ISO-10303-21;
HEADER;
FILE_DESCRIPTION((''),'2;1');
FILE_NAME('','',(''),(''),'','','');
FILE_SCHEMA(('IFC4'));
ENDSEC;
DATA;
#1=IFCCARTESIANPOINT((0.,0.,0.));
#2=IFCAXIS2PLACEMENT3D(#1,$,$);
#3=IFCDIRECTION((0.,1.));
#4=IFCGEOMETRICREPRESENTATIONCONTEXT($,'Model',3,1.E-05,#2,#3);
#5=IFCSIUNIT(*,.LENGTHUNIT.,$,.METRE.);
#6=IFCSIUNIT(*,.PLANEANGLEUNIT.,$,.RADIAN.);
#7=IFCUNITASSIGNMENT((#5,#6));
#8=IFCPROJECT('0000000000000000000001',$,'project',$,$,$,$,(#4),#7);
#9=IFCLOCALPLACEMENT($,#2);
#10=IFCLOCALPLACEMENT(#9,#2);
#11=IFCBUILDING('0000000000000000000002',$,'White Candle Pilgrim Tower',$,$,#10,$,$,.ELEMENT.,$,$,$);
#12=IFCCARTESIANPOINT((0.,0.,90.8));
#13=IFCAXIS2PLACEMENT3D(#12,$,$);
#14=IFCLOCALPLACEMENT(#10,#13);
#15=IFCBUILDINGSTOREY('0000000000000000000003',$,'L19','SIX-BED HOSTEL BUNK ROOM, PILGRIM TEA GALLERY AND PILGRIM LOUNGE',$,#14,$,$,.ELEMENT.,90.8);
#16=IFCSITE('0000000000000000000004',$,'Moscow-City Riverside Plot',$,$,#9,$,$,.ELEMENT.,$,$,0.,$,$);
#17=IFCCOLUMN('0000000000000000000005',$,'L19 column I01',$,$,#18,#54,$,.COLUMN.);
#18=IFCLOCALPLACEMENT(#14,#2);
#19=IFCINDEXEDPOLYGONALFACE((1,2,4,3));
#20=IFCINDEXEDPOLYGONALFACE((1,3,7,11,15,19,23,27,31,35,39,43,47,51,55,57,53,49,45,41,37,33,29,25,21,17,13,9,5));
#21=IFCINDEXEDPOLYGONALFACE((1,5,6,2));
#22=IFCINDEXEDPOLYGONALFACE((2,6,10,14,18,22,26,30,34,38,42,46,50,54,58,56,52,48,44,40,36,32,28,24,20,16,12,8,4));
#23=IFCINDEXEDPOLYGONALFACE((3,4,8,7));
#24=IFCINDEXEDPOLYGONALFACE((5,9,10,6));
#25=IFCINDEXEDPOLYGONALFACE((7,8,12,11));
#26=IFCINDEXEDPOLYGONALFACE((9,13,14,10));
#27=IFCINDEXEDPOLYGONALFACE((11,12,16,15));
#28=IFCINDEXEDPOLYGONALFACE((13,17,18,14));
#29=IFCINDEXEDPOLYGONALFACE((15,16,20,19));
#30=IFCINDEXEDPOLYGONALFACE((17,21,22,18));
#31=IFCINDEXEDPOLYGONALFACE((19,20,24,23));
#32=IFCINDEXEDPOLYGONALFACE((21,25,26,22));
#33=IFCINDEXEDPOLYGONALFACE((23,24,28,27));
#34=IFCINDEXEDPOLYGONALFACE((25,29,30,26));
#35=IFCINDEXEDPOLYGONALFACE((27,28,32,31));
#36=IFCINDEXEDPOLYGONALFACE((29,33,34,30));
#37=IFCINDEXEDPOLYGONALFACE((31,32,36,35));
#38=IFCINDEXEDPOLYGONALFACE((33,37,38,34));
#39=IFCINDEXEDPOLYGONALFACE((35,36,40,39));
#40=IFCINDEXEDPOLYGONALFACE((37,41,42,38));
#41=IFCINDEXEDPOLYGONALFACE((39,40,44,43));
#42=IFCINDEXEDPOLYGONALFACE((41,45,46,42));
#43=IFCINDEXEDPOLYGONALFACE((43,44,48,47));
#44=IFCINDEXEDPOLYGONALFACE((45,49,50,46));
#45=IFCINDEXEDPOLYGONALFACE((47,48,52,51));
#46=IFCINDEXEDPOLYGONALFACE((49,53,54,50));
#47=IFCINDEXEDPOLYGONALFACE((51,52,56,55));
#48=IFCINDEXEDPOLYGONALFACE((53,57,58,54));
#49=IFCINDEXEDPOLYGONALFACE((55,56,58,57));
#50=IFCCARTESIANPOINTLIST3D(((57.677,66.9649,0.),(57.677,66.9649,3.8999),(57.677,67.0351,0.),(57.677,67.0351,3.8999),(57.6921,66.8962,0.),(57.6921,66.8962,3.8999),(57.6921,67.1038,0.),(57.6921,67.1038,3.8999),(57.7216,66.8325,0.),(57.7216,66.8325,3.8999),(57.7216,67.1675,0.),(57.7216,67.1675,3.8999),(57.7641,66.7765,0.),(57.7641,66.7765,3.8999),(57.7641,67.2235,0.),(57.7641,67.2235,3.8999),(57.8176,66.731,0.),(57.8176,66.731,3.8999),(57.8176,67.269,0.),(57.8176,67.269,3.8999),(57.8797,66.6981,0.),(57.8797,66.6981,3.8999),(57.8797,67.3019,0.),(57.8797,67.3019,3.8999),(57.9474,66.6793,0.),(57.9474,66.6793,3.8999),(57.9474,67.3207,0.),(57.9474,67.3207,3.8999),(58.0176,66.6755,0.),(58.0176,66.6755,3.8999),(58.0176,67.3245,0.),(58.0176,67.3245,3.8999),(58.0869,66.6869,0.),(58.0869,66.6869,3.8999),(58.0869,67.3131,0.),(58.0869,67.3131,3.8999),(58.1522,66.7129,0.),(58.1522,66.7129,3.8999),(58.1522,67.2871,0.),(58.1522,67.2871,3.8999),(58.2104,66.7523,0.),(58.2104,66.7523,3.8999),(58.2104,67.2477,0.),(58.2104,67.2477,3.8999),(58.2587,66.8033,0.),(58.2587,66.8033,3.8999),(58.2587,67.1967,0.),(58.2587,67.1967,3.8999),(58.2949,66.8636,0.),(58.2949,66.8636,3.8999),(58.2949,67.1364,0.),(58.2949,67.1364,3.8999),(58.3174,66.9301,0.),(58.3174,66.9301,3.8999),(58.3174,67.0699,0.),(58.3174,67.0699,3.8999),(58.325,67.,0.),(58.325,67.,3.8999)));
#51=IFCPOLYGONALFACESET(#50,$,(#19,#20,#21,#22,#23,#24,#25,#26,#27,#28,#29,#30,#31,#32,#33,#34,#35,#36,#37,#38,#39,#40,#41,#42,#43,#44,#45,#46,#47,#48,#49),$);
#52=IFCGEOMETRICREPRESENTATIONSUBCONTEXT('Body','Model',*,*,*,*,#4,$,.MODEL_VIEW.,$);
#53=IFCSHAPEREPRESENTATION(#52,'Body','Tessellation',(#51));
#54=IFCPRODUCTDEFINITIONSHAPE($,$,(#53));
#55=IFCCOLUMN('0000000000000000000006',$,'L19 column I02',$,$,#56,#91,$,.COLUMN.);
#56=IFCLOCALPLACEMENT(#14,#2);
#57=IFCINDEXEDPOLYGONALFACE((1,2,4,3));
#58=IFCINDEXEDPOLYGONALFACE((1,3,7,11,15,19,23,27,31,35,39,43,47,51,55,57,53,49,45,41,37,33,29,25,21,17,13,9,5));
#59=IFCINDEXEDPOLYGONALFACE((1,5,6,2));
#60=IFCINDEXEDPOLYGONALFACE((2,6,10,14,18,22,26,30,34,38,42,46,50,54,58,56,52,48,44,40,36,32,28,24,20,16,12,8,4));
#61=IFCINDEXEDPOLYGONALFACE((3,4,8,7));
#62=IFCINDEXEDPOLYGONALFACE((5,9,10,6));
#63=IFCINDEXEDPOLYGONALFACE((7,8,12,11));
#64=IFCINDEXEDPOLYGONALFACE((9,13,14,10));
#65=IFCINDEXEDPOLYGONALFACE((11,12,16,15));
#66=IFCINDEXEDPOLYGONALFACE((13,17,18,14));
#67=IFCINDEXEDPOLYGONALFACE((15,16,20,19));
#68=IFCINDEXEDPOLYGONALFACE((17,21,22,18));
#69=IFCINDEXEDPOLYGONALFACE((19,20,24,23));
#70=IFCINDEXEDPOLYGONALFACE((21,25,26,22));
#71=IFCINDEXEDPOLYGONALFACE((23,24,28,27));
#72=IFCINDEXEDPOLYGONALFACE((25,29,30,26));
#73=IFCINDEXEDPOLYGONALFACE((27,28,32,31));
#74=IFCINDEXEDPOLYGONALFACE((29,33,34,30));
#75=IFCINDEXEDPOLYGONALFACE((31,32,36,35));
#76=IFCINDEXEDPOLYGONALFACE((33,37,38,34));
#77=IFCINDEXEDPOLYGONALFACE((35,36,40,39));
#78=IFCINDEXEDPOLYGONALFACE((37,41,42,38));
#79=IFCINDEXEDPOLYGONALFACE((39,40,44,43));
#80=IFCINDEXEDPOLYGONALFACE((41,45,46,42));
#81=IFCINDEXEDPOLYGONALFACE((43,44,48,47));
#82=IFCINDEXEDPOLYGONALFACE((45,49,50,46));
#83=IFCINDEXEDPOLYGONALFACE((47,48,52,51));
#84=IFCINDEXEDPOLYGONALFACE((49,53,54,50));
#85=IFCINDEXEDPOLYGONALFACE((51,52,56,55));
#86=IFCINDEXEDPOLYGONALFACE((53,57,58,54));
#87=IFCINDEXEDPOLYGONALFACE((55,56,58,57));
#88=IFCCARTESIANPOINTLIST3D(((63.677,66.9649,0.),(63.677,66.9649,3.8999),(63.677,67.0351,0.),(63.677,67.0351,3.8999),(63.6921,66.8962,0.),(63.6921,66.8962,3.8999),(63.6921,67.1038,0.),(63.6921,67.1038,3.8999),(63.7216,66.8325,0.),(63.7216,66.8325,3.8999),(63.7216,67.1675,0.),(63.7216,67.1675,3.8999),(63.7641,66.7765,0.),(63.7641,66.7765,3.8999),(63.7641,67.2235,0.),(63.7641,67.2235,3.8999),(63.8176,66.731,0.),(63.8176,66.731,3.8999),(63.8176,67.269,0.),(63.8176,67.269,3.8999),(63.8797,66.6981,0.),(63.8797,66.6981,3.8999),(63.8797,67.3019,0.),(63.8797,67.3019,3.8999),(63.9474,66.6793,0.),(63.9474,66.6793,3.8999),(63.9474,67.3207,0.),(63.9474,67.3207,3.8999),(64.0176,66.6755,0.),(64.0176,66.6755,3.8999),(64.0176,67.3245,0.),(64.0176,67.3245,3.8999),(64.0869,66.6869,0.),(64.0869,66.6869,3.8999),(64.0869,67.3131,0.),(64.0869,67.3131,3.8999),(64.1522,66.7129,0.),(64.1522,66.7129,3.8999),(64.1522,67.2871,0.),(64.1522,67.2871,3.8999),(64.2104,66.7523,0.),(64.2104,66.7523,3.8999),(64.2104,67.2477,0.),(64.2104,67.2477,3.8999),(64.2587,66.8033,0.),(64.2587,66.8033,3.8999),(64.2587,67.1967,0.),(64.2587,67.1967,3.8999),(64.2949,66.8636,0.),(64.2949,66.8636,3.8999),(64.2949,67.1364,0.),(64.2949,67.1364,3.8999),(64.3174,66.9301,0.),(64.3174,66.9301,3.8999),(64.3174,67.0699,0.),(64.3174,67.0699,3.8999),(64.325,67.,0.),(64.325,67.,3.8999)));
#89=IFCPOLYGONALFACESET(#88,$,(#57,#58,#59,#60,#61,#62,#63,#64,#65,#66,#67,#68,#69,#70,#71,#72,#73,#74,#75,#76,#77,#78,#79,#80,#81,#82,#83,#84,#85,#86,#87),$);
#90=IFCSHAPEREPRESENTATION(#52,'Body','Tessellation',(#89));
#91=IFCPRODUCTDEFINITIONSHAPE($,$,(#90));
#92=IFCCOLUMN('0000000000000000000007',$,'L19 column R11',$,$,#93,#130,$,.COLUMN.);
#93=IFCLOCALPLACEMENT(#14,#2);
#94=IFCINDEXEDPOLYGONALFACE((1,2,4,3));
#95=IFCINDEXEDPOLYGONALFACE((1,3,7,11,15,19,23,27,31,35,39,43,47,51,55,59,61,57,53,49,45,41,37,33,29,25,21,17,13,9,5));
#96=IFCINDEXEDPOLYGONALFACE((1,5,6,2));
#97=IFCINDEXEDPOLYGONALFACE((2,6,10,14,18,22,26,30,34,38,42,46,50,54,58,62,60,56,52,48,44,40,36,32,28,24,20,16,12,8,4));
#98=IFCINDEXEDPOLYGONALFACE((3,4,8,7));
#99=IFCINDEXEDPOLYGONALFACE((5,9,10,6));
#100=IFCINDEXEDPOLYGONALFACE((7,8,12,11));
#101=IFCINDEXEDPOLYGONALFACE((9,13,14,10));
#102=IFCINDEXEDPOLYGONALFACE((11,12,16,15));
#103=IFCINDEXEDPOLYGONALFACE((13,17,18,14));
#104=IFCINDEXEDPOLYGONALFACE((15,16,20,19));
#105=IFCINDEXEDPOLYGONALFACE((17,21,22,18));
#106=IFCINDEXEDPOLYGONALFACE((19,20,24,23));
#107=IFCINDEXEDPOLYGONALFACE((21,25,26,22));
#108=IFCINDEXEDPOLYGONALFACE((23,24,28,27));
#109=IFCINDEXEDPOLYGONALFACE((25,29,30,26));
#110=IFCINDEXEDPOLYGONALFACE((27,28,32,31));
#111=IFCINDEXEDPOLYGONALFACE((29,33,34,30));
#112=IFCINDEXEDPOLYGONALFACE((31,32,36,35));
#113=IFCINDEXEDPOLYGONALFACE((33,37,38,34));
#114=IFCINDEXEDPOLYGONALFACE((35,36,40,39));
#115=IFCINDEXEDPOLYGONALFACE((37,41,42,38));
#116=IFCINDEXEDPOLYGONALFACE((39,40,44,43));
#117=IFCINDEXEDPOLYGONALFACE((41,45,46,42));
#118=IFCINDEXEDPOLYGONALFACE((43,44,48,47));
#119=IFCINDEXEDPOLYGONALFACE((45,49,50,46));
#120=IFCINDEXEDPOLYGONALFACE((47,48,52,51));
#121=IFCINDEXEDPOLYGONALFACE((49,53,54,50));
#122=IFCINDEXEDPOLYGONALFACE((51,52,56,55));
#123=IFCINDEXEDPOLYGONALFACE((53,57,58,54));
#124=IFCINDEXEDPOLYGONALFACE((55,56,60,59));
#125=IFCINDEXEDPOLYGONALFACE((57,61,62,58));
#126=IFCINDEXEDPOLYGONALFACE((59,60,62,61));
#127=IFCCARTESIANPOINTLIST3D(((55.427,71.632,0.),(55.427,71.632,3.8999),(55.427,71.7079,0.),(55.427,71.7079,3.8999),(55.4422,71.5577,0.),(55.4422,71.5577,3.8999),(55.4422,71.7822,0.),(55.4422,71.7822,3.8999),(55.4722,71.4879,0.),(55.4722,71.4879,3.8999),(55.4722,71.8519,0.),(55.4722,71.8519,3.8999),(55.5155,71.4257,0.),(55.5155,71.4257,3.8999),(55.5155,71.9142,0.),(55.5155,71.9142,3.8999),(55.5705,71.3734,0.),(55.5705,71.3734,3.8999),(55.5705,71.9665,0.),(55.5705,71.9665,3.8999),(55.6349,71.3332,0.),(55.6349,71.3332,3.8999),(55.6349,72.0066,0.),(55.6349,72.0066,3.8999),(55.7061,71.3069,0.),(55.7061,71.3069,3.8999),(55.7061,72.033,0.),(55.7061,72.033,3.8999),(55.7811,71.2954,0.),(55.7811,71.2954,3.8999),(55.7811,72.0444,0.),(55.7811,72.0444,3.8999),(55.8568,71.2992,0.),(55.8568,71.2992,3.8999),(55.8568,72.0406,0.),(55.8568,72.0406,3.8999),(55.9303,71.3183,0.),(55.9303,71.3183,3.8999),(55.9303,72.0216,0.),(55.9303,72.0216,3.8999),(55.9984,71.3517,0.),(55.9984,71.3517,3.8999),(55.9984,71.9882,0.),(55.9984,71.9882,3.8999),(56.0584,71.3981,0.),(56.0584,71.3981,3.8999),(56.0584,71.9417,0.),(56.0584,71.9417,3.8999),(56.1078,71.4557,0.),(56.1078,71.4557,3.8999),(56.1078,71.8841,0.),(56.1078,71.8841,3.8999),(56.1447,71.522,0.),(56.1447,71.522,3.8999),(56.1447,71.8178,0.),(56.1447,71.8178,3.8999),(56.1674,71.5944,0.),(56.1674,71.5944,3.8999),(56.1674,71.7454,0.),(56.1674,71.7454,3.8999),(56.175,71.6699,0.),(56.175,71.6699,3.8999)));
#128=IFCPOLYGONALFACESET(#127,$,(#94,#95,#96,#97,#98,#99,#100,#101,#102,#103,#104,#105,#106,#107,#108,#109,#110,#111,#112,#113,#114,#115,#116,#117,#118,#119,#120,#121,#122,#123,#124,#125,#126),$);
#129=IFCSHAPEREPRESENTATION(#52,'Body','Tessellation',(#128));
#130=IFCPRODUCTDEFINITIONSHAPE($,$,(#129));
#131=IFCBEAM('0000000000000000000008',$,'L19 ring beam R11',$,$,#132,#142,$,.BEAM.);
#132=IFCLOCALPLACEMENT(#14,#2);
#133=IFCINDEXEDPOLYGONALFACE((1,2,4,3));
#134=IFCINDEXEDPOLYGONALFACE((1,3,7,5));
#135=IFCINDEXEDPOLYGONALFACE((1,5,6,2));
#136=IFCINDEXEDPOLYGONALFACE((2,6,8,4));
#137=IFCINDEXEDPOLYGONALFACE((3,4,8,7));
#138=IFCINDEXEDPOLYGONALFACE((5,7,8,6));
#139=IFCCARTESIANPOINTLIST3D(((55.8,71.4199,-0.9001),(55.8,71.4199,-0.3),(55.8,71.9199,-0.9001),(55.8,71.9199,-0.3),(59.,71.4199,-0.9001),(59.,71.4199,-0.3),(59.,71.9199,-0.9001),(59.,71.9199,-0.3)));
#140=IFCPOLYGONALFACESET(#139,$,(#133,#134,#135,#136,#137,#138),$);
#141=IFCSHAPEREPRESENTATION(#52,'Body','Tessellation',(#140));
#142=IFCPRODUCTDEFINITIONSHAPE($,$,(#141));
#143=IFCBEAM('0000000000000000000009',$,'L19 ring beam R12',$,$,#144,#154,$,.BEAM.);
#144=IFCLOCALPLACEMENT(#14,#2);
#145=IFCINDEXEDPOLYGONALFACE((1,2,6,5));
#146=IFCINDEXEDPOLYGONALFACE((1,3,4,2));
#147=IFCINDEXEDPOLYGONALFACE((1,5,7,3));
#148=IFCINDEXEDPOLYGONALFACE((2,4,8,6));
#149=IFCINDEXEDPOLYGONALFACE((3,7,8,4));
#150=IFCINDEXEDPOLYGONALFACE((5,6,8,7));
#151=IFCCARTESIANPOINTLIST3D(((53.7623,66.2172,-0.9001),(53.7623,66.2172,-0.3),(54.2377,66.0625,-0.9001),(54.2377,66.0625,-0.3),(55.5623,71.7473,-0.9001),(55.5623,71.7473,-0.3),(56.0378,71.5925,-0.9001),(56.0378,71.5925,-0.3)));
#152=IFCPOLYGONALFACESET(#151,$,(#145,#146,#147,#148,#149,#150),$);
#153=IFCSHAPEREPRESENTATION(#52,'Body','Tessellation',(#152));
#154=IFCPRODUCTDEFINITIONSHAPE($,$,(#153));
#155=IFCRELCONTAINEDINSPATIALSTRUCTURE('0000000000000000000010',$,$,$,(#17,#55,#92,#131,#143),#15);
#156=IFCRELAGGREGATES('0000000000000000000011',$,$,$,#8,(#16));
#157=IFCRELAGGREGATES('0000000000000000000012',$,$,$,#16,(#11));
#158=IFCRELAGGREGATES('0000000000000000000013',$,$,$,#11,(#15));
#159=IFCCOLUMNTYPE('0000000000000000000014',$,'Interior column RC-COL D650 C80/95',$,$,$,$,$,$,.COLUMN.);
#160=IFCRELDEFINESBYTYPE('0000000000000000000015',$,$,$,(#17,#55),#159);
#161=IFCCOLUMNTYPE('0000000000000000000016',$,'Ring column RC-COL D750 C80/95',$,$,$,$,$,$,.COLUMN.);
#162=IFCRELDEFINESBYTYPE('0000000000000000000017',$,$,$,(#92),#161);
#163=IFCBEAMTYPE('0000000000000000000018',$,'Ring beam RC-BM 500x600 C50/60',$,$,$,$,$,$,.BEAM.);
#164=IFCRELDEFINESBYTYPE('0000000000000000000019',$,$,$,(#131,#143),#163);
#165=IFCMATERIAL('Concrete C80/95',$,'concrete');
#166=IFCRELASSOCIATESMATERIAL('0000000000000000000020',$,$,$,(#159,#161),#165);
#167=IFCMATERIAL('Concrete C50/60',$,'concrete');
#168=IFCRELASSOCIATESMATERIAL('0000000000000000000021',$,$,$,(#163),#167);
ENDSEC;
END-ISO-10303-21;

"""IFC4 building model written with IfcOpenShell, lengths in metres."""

from ifc_helpers import new_model, si_unit, direction, frame, origin, origin_2d, place, context, subcontext, project, spatial, rectangle, circle, extrude, material, material_profile, profile_set, type_object, element, save


model = new_model("IFC4")

# Units and contexts
model_context = context("Model", 3, precision=1e-05, world=origin(), true_north=direction((0.0, 1.0)))
body_context = subcontext(model_context, "Body", "Model", "MODEL_VIEW")
ifc_project = project(units=[si_unit("LENGTHUNIT", "METRE"), si_unit("PLANEANGLEUNIT", "RADIAN")], contexts=[model_context])

# Site, building, storey
site_placement = place(None, origin())
site = spatial("IfcSite", under=ifc_project, at=site_placement, Name="Moscow-City Riverside Plot", CompositionType="ELEMENT", RefElevation=0.0)
building_placement = place(site_placement, origin())
building = spatial("IfcBuilding", under=site, at=building_placement, Name="White Candle Pilgrim Tower", CompositionType="ELEMENT")
storey_placement = place(building_placement, frame((0.0, 0.0, 90.8)))
storey = spatial("IfcBuildingStorey", under=building, at=storey_placement, Name="L19", Description="SIX-BED HOSTEL BUNK ROOM, PILGRIM TEA GALLERY AND PILGRIM LOUNGE", CompositionType="ELEMENT", Elevation=90.8)

# Columns
ifc_material_1 = material(Name="Concrete C80/95", Category="concrete")
ifc_material_profile_1 = material_profile(ifc_material_1, circle(Radius=0.325, at=origin_2d()), Name="RC-COL D650")
ifc_profile_set_1 = profile_set([ifc_material_profile_1], Name="Concrete C80/95")
column_type_1 = type_object("IfcColumnType", Name="Interior column RC-COL D650 C80/95", PredefinedType="COLUMN", material=ifc_profile_set_1)
for number, where, z_axis, x_axis, name in (
    (1, (58.0, 67.0, 0.0), (0.0, 0.0, 1.0), (1.0, 0.0, 0.0), "L19 column I01"),
    (2, (64.0, 67.0, 0.0), (0.0, 0.0, 1.0), (1.0, 0.0, 0.0), "L19 column I02"),
):
    element("IfcColumn", number, at=place(storey_placement, frame(where, z_axis=z_axis, x_axis=x_axis)), inside=storey, type_object=column_type_1, Name=name, PredefinedType="COLUMN", context=body_context, shape_type="SweptSolid", body=[
        extrude(circle(Radius=0.325, at=origin_2d()), origin(), (0.0, 0.0, 1.0), 3.8999),
    ])
ifc_material_profile_2 = material_profile(ifc_material_1, circle(Radius=0.375, at=origin_2d()), Name="RC-COL D750")
ifc_profile_set_2 = profile_set([ifc_material_profile_2], Name="Concrete C80/95")
column_type_2 = type_object("IfcColumnType", Name="Ring column RC-COL D750 C80/95", PredefinedType="COLUMN", material=ifc_profile_set_2)
column_placement = place(storey_placement, frame((55.8, 71.6699, 0.0), z_axis=(0.0, 0.0, 1.0), x_axis=(1.0, 0.0, 0.0)))
element("IfcColumn", 3, at=column_placement, inside=storey, type_object=column_type_2, Name="L19 column R11", PredefinedType="COLUMN", context=body_context, shape_type="SweptSolid", body=[
    extrude(circle(Radius=0.375, at=origin_2d()), origin(), (0.0, 0.0, 1.0), 3.8999),
])

# Beams
ifc_material_2 = material(Name="Concrete C50/60", Category="concrete")
ifc_material_profile_3 = material_profile(ifc_material_2, rectangle(XDim=0.5, YDim=0.6001, at=origin_2d()), Name="RC-BM 500x600")
ifc_profile_set_3 = profile_set([ifc_material_profile_3], Name="Concrete C50/60")
beam_type = type_object("IfcBeamType", Name="Ring beam RC-BM 500x600 C50/60", PredefinedType="BEAM", material=ifc_profile_set_3)
beam_1_placement = place(storey_placement, frame((55.8, 71.6699, -0.6001), z_axis=(1.0, 0.0, 0.0), x_axis=(0.0, 1.0, 0.0)))
element("IfcBeam", 4, at=beam_1_placement, inside=storey, type_object=beam_type, Name="L19 ring beam R11", PredefinedType="BEAM", context=body_context, shape_type="SweptSolid", body=[
    extrude(rectangle(XDim=0.5, YDim=0.6001, at=origin_2d()), origin(), (0.0, 0.0, 1.0), 3.2),
])
beam_2_placement = place(storey_placement, frame((55.8, 71.6699, -0.6001), z_axis=(-0.30952, -0.950893, 0.0), x_axis=(0.950893, -0.30952, 0.0)))
element("IfcBeam", 5, at=beam_2_placement, inside=storey, type_object=beam_type, Name="L19 ring beam R12", PredefinedType="BEAM", context=body_context, shape_type="SweptSolid", body=[
    extrude(rectangle(XDim=0.5, YDim=0.6001, at=origin_2d()), origin(), (0.0, 0.0, 1.0), 5.8157),
])

save(model, "model.ifc")
